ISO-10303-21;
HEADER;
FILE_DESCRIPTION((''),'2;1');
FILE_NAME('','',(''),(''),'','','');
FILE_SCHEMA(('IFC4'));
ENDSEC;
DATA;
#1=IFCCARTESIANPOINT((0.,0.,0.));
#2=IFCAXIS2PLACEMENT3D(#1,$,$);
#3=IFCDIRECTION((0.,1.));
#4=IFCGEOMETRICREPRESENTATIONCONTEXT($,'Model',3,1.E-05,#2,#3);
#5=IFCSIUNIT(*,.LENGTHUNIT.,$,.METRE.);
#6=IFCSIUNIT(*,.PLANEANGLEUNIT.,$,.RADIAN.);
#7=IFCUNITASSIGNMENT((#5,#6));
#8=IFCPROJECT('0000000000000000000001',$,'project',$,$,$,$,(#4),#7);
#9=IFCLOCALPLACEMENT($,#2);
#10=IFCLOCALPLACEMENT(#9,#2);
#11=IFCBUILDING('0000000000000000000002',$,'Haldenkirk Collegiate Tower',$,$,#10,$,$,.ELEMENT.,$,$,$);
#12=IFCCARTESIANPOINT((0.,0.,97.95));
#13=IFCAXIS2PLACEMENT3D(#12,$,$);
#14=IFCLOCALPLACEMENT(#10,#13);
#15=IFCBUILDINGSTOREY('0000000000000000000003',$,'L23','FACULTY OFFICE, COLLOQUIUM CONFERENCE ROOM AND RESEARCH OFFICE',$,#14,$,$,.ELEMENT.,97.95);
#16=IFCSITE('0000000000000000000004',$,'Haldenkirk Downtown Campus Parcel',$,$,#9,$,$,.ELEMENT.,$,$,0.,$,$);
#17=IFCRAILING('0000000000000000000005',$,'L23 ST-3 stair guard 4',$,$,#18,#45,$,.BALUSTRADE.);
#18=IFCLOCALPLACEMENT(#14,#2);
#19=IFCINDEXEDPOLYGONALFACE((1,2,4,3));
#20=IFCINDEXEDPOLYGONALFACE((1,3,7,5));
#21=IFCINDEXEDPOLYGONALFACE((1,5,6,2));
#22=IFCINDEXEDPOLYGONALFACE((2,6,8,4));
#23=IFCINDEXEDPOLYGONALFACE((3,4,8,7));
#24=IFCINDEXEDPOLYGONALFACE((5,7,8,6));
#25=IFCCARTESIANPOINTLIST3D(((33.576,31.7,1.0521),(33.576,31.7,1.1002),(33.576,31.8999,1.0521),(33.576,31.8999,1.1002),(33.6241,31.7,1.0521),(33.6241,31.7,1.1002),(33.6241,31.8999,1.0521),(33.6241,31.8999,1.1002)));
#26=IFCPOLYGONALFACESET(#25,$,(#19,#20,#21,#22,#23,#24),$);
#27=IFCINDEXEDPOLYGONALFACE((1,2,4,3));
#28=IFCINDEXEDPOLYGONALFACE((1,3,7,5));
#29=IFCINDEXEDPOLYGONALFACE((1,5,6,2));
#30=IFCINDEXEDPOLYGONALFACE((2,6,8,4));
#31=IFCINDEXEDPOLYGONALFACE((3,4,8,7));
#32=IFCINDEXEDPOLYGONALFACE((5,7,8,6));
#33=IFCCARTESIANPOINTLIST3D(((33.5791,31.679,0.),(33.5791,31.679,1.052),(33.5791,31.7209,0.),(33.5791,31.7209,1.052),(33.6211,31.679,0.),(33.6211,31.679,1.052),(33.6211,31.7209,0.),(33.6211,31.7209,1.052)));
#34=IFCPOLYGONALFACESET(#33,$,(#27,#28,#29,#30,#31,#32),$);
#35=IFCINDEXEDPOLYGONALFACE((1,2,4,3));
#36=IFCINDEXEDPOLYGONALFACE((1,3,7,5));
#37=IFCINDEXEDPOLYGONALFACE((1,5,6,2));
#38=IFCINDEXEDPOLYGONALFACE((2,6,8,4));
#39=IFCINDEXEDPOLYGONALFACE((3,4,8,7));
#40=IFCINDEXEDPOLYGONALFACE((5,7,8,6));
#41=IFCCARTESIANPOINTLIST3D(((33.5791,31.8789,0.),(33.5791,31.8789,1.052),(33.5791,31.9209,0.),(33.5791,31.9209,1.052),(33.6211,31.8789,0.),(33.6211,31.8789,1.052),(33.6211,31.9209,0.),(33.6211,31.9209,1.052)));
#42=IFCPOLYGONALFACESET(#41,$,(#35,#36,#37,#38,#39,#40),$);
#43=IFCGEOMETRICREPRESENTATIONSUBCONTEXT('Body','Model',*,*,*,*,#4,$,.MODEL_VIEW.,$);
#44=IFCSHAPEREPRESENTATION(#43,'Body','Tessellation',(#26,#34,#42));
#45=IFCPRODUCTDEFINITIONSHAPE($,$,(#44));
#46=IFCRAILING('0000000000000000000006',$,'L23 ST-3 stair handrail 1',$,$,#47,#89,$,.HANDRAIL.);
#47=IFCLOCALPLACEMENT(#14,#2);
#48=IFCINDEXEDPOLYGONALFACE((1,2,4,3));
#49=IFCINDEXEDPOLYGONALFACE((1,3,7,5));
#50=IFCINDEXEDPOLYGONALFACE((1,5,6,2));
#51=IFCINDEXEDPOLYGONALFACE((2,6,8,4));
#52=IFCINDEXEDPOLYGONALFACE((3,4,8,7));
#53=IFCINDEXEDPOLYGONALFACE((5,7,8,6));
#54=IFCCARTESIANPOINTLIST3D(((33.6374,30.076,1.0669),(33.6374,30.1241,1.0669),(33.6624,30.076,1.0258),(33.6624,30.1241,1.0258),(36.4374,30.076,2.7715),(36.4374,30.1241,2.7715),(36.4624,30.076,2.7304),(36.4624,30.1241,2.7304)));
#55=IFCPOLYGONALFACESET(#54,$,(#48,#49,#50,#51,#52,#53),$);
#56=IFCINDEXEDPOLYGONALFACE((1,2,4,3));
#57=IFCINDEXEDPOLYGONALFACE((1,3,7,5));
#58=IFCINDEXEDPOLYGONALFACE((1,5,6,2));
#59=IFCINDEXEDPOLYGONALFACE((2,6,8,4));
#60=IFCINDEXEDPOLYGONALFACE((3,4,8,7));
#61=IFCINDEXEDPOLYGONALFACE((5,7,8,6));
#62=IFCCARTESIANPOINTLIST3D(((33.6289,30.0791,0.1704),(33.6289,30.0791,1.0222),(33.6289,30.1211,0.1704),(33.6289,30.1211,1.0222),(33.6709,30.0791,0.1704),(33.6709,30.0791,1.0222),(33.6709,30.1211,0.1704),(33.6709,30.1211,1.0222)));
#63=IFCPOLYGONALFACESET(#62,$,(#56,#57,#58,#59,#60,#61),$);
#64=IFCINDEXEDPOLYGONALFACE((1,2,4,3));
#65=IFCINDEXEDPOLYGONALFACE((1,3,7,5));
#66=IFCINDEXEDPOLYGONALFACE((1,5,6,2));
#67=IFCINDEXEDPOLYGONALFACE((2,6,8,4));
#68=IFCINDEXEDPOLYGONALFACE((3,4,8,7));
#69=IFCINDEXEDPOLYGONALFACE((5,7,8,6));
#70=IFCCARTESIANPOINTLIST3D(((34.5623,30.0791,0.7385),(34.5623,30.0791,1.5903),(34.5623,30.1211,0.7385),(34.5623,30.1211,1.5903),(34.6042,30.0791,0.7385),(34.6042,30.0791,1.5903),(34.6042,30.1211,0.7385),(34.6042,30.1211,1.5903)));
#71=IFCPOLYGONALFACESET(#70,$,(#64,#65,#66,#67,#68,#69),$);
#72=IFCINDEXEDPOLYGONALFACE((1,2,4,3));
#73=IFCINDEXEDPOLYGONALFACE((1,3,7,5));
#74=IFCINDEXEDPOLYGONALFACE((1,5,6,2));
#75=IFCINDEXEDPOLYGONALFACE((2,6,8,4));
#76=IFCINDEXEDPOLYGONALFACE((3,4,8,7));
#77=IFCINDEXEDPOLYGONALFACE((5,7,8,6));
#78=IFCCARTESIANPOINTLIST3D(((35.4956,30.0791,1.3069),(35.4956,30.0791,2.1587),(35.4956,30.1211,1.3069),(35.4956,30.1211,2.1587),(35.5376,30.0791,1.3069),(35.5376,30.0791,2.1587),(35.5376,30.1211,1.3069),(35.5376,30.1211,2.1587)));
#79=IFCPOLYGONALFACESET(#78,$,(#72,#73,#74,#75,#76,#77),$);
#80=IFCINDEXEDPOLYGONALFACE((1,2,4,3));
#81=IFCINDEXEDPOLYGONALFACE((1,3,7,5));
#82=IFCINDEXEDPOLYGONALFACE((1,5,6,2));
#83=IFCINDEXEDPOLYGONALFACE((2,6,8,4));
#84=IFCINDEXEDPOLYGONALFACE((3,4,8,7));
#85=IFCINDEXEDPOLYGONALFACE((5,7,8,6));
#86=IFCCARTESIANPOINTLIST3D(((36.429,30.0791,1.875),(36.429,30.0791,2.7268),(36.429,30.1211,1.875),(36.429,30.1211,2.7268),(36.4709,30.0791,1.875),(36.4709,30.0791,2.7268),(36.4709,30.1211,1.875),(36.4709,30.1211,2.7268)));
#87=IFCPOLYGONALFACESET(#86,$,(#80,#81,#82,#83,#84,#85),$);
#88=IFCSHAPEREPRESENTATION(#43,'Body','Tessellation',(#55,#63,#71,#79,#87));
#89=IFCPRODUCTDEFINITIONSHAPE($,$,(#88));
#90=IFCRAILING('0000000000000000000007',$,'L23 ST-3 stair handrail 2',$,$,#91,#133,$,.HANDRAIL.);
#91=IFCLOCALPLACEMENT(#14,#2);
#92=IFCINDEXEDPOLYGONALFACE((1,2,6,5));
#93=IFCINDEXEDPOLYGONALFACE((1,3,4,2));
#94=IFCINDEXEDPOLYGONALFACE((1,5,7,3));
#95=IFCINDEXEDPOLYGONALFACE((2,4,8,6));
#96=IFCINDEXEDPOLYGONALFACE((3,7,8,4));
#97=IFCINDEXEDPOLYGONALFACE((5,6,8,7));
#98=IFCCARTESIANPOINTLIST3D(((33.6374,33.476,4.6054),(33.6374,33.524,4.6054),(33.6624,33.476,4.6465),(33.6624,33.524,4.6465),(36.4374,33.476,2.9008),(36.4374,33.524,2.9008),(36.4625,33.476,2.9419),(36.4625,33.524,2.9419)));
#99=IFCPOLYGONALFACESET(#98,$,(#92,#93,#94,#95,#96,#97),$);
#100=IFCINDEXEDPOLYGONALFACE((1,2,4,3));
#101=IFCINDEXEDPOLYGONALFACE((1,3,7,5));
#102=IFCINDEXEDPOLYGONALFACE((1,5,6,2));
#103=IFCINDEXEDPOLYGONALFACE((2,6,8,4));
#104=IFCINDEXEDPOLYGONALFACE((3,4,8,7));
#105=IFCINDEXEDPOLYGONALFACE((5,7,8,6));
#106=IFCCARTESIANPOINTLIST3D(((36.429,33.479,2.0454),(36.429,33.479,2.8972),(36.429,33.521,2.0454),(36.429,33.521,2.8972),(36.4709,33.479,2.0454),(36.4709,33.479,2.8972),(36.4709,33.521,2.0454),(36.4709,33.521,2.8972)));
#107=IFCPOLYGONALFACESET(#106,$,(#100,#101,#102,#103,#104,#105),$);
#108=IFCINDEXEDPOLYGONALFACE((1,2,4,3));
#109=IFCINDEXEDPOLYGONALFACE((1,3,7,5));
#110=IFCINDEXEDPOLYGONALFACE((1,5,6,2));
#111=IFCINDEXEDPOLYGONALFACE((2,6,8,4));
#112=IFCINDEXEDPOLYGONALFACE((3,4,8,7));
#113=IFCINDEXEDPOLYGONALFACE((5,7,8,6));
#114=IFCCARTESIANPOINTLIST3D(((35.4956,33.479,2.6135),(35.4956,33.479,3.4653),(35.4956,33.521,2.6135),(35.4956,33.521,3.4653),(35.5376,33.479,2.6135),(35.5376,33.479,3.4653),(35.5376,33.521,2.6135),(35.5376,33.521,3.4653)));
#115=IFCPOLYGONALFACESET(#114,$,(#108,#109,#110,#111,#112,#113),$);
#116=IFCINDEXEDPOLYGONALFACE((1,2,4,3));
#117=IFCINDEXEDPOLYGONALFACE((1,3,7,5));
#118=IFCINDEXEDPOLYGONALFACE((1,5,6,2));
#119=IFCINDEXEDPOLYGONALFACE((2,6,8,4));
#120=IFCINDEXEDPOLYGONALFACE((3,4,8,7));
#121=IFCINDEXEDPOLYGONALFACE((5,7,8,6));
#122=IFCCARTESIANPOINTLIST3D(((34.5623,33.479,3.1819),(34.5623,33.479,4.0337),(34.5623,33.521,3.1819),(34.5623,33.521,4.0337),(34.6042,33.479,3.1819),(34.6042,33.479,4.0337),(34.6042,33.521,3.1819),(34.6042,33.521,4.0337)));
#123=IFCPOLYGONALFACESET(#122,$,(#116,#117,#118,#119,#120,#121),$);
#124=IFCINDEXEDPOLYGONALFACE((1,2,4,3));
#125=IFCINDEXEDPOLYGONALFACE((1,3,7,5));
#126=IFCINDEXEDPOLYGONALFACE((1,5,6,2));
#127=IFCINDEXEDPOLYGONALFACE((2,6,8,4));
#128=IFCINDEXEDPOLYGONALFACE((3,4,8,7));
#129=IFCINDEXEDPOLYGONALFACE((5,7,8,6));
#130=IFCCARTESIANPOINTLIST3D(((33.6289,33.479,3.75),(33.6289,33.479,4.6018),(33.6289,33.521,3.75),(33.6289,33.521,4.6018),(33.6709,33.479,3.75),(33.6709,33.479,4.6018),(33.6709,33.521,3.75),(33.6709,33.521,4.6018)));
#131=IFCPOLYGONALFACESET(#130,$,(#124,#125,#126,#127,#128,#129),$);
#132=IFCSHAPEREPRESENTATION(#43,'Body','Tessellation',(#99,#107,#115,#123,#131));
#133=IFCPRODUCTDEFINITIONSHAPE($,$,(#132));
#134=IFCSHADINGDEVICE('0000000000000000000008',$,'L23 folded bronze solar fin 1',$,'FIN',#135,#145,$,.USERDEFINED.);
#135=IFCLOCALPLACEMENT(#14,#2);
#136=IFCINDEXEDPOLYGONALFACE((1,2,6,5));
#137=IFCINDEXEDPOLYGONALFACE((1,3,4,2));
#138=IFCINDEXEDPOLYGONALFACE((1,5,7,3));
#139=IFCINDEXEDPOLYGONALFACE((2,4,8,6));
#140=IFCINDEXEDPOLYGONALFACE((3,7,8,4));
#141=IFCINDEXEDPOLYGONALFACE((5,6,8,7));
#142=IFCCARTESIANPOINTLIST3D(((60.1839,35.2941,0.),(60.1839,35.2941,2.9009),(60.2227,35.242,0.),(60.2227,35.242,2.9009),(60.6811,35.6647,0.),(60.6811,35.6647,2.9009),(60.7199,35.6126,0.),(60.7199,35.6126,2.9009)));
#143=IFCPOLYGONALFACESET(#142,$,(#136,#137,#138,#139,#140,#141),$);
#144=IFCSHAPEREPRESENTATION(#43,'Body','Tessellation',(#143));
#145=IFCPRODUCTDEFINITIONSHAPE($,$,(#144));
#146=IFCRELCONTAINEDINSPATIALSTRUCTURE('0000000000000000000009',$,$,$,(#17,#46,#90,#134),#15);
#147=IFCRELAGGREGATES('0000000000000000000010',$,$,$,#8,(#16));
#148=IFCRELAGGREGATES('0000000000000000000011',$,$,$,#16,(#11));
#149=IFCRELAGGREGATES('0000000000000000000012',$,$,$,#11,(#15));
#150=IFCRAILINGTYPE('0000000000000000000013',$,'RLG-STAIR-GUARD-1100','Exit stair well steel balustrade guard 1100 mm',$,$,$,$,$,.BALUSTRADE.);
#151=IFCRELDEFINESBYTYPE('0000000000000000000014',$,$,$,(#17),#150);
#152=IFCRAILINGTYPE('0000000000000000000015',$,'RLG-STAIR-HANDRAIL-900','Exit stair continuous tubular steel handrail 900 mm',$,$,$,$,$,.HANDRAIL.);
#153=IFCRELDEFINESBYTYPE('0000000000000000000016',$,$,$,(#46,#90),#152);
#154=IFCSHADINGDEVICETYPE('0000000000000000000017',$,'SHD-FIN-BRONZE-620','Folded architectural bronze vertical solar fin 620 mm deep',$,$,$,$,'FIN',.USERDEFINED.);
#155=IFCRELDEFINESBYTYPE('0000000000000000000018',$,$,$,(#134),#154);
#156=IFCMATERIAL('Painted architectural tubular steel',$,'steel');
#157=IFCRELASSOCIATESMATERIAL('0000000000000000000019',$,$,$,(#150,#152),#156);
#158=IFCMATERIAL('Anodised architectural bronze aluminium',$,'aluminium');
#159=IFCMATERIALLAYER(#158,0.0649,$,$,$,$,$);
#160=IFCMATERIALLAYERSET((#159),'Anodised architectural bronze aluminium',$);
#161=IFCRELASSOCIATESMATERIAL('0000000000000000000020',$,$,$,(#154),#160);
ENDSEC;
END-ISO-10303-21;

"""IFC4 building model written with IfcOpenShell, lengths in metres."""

from ifc_helpers import new_model, si_unit, direction, frame, origin, origin_2d, place, context, subcontext, project, spatial, rectangle, extrude, source, transform, mapped, material, layer, layer_set, type_object, element, save


model = new_model("IFC4")

# Units and contexts
model_context = context("Model", 3, precision=1e-05, world=origin(), true_north=direction((0.0, 1.0)))
body_context = subcontext(model_context, "Body", "Model", "MODEL_VIEW")
ifc_project = project(units=[si_unit("LENGTHUNIT", "METRE"), si_unit("PLANEANGLEUNIT", "RADIAN")], contexts=[model_context])

# Site, building, storey
site_placement = place(None, origin())
site = spatial("IfcSite", under=ifc_project, at=site_placement, Name="Haldenkirk Downtown Campus Parcel", CompositionType="ELEMENT", RefElevation=0.0)
building_placement = place(site_placement, origin())
building = spatial("IfcBuilding", under=site, at=building_placement, Name="Haldenkirk Collegiate Tower", CompositionType="ELEMENT")
storey_placement = place(building_placement, frame((0.0, 0.0, 97.95)))
storey = spatial("IfcBuildingStorey", under=building, at=storey_placement, Name="L23", Description="FACULTY OFFICE, COLLOQUIUM CONFERENCE ROOM AND RESEARCH OFFICE", CompositionType="ELEMENT", Elevation=97.95)

# Shared definitions
ifc_material_1 = material(Name="Anodised architectural bronze aluminium", Category="aluminium")

# Railings
ifc_material_2 = material(Name="Painted architectural tubular steel", Category="steel")
railing_type_1 = type_object("IfcRailingType", Name="RLG-STAIR-GUARD-1100", Description="Exit stair well steel balustrade guard 1100 mm", PredefinedType="BALUSTRADE", material=ifc_material_2)
railing_1_placement = place(storey_placement, frame((33.6001, 31.7, 0.0)))
element("IfcRailing", 1, at=railing_1_placement, inside=storey, type_object=railing_type_1, Name="L23 ST-3 stair guard 4", PredefinedType="BALUSTRADE", context=body_context, shape_type="SweptSolid", body=[
    extrude(rectangle(XDim=0.0481, YDim=0.0481, at=origin_2d()), frame((0.0, 0.0, 1.0762), z_axis=(0.0, 1.0, 0.0), x_axis=(-1.0, 0.0, 0.0)), (0.0, 0.0, 1.0), 0.2),
    extrude(rectangle(XDim=0.042, YDim=0.042, at=origin_2d()), origin(), (0.0, 0.0, 1.0), 1.052),
    extrude(rectangle(XDim=0.042, YDim=0.042, at=origin_2d()), frame((0.0, 0.2, 0.0)), (0.0, 0.0, 1.0), 1.052),
])
railing_type_2 = type_object("IfcRailingType", Name="RLG-STAIR-HANDRAIL-900", Description="Exit stair continuous tubular steel handrail 900 mm", PredefinedType="HANDRAIL", material=ifc_material_2)
railing_2_placement = place(storey_placement, frame((33.6499, 30.1001, 0.1704)))
element("IfcRailing", 2, at=railing_2_placement, inside=storey, type_object=railing_type_2, Name="L23 ST-3 stair handrail 1", PredefinedType="HANDRAIL", context=body_context, shape_type="SweptSolid", body=[
    extrude(rectangle(XDim=0.0481, YDim=0.0481, at=origin_2d()), frame((0.0, 0.0, 0.876), z_axis=(0.85417, 0.0, 0.519994), x_axis=(0.0, 1.0, 0.0)), (0.0, 0.0, 1.0), 3.2781),
    extrude(rectangle(XDim=0.042, YDim=0.042, at=origin_2d()), origin(), (0.0, 0.0, 1.0), 0.8518),
    extrude(rectangle(XDim=0.042, YDim=0.042, at=origin_2d()), frame((0.9333, 0.0, 0.5681)), (0.0, 0.0, 1.0), 0.8518),
    extrude(rectangle(XDim=0.042, YDim=0.042, at=origin_2d()), frame((1.8667, 0.0, 1.1365)), (0.0, 0.0, 1.0), 0.8518),
    extrude(rectangle(XDim=0.042, YDim=0.042, at=origin_2d()), frame((2.8, 0.0, 1.7046)), (0.0, 0.0, 1.0), 0.8518),
])
railing_3_placement = place(storey_placement, frame((36.45, 33.5, 2.0454)))
element("IfcRailing", 3, at=railing_3_placement, inside=storey, type_object=railing_type_2, Name="L23 ST-3 stair handrail 2", PredefinedType="HANDRAIL", context=body_context, shape_type="SweptSolid", body=[
    extrude(rectangle(XDim=0.0481, YDim=0.0481, at=origin_2d()), frame((0.0, 0.0, 0.876), z_axis=(-0.85417, 0.0, 0.519994), x_axis=(0.0, -1.0, 0.0)), (0.0, 0.0, 1.0), 3.2781),
    extrude(rectangle(XDim=0.042, YDim=0.042, at=origin_2d()), origin(), (0.0, 0.0, 1.0), 0.8518),
    extrude(rectangle(XDim=0.042, YDim=0.042, at=origin_2d()), frame((-0.9333, 0.0, 0.5681)), (0.0, 0.0, 1.0), 0.8518),
    extrude(rectangle(XDim=0.042, YDim=0.042, at=origin_2d()), frame((-1.8667, 0.0, 1.1365)), (0.0, 0.0, 1.0), 0.8518),
    extrude(rectangle(XDim=0.042, YDim=0.042, at=origin_2d()), frame((-2.8, 0.0, 1.7046)), (0.0, 0.0, 1.0), 0.8518),
])

# Shading device
ifc_layer_1 = layer(ifc_material_1, 0.0649)
ifc_layer_set_1 = layer_set([ifc_layer_1], Name="Anodised architectural bronze aluminium")
shading_device_type = type_object("IfcShadingDeviceType", Name="SHD-FIN-BRONZE-620", Description="Folded architectural bronze vertical solar fin 620 mm deep", ElementType="FIN", PredefinedType="USERDEFINED", material=ifc_layer_set_1)
shared_shape_1 = source(origin(), body_context, "Body", "SweptSolid", [
    extrude(rectangle(XDim=0.6201, YDim=0.0649, at=origin_2d()), origin(), (0.0, 0.0, 1.0), 2.9009),
])
shading_device_placement = place(storey_placement, frame((60.4519, 35.4534, 0.0), z_axis=(0.0, 0.0, 1.0), x_axis=(0.801776, 0.597625, 0.0)))
element("IfcShadingDevice", 4, at=shading_device_placement, inside=storey, type_object=shading_device_type, Name="L23 folded bronze solar fin 1", ObjectType="FIN", PredefinedType="USERDEFINED", context=body_context, shape_type="MappedRepresentation", body=[
    mapped(shared_shape_1, transform((0.0, 0.0, 0.0), x_axis=(1.0, 0.0, 0.0), y_axis=(0.0, 1.0, 0.0), z_axis=(0.0, 0.0, 1.0), scale=1.0)),
])

save(model, "model.ifc")
